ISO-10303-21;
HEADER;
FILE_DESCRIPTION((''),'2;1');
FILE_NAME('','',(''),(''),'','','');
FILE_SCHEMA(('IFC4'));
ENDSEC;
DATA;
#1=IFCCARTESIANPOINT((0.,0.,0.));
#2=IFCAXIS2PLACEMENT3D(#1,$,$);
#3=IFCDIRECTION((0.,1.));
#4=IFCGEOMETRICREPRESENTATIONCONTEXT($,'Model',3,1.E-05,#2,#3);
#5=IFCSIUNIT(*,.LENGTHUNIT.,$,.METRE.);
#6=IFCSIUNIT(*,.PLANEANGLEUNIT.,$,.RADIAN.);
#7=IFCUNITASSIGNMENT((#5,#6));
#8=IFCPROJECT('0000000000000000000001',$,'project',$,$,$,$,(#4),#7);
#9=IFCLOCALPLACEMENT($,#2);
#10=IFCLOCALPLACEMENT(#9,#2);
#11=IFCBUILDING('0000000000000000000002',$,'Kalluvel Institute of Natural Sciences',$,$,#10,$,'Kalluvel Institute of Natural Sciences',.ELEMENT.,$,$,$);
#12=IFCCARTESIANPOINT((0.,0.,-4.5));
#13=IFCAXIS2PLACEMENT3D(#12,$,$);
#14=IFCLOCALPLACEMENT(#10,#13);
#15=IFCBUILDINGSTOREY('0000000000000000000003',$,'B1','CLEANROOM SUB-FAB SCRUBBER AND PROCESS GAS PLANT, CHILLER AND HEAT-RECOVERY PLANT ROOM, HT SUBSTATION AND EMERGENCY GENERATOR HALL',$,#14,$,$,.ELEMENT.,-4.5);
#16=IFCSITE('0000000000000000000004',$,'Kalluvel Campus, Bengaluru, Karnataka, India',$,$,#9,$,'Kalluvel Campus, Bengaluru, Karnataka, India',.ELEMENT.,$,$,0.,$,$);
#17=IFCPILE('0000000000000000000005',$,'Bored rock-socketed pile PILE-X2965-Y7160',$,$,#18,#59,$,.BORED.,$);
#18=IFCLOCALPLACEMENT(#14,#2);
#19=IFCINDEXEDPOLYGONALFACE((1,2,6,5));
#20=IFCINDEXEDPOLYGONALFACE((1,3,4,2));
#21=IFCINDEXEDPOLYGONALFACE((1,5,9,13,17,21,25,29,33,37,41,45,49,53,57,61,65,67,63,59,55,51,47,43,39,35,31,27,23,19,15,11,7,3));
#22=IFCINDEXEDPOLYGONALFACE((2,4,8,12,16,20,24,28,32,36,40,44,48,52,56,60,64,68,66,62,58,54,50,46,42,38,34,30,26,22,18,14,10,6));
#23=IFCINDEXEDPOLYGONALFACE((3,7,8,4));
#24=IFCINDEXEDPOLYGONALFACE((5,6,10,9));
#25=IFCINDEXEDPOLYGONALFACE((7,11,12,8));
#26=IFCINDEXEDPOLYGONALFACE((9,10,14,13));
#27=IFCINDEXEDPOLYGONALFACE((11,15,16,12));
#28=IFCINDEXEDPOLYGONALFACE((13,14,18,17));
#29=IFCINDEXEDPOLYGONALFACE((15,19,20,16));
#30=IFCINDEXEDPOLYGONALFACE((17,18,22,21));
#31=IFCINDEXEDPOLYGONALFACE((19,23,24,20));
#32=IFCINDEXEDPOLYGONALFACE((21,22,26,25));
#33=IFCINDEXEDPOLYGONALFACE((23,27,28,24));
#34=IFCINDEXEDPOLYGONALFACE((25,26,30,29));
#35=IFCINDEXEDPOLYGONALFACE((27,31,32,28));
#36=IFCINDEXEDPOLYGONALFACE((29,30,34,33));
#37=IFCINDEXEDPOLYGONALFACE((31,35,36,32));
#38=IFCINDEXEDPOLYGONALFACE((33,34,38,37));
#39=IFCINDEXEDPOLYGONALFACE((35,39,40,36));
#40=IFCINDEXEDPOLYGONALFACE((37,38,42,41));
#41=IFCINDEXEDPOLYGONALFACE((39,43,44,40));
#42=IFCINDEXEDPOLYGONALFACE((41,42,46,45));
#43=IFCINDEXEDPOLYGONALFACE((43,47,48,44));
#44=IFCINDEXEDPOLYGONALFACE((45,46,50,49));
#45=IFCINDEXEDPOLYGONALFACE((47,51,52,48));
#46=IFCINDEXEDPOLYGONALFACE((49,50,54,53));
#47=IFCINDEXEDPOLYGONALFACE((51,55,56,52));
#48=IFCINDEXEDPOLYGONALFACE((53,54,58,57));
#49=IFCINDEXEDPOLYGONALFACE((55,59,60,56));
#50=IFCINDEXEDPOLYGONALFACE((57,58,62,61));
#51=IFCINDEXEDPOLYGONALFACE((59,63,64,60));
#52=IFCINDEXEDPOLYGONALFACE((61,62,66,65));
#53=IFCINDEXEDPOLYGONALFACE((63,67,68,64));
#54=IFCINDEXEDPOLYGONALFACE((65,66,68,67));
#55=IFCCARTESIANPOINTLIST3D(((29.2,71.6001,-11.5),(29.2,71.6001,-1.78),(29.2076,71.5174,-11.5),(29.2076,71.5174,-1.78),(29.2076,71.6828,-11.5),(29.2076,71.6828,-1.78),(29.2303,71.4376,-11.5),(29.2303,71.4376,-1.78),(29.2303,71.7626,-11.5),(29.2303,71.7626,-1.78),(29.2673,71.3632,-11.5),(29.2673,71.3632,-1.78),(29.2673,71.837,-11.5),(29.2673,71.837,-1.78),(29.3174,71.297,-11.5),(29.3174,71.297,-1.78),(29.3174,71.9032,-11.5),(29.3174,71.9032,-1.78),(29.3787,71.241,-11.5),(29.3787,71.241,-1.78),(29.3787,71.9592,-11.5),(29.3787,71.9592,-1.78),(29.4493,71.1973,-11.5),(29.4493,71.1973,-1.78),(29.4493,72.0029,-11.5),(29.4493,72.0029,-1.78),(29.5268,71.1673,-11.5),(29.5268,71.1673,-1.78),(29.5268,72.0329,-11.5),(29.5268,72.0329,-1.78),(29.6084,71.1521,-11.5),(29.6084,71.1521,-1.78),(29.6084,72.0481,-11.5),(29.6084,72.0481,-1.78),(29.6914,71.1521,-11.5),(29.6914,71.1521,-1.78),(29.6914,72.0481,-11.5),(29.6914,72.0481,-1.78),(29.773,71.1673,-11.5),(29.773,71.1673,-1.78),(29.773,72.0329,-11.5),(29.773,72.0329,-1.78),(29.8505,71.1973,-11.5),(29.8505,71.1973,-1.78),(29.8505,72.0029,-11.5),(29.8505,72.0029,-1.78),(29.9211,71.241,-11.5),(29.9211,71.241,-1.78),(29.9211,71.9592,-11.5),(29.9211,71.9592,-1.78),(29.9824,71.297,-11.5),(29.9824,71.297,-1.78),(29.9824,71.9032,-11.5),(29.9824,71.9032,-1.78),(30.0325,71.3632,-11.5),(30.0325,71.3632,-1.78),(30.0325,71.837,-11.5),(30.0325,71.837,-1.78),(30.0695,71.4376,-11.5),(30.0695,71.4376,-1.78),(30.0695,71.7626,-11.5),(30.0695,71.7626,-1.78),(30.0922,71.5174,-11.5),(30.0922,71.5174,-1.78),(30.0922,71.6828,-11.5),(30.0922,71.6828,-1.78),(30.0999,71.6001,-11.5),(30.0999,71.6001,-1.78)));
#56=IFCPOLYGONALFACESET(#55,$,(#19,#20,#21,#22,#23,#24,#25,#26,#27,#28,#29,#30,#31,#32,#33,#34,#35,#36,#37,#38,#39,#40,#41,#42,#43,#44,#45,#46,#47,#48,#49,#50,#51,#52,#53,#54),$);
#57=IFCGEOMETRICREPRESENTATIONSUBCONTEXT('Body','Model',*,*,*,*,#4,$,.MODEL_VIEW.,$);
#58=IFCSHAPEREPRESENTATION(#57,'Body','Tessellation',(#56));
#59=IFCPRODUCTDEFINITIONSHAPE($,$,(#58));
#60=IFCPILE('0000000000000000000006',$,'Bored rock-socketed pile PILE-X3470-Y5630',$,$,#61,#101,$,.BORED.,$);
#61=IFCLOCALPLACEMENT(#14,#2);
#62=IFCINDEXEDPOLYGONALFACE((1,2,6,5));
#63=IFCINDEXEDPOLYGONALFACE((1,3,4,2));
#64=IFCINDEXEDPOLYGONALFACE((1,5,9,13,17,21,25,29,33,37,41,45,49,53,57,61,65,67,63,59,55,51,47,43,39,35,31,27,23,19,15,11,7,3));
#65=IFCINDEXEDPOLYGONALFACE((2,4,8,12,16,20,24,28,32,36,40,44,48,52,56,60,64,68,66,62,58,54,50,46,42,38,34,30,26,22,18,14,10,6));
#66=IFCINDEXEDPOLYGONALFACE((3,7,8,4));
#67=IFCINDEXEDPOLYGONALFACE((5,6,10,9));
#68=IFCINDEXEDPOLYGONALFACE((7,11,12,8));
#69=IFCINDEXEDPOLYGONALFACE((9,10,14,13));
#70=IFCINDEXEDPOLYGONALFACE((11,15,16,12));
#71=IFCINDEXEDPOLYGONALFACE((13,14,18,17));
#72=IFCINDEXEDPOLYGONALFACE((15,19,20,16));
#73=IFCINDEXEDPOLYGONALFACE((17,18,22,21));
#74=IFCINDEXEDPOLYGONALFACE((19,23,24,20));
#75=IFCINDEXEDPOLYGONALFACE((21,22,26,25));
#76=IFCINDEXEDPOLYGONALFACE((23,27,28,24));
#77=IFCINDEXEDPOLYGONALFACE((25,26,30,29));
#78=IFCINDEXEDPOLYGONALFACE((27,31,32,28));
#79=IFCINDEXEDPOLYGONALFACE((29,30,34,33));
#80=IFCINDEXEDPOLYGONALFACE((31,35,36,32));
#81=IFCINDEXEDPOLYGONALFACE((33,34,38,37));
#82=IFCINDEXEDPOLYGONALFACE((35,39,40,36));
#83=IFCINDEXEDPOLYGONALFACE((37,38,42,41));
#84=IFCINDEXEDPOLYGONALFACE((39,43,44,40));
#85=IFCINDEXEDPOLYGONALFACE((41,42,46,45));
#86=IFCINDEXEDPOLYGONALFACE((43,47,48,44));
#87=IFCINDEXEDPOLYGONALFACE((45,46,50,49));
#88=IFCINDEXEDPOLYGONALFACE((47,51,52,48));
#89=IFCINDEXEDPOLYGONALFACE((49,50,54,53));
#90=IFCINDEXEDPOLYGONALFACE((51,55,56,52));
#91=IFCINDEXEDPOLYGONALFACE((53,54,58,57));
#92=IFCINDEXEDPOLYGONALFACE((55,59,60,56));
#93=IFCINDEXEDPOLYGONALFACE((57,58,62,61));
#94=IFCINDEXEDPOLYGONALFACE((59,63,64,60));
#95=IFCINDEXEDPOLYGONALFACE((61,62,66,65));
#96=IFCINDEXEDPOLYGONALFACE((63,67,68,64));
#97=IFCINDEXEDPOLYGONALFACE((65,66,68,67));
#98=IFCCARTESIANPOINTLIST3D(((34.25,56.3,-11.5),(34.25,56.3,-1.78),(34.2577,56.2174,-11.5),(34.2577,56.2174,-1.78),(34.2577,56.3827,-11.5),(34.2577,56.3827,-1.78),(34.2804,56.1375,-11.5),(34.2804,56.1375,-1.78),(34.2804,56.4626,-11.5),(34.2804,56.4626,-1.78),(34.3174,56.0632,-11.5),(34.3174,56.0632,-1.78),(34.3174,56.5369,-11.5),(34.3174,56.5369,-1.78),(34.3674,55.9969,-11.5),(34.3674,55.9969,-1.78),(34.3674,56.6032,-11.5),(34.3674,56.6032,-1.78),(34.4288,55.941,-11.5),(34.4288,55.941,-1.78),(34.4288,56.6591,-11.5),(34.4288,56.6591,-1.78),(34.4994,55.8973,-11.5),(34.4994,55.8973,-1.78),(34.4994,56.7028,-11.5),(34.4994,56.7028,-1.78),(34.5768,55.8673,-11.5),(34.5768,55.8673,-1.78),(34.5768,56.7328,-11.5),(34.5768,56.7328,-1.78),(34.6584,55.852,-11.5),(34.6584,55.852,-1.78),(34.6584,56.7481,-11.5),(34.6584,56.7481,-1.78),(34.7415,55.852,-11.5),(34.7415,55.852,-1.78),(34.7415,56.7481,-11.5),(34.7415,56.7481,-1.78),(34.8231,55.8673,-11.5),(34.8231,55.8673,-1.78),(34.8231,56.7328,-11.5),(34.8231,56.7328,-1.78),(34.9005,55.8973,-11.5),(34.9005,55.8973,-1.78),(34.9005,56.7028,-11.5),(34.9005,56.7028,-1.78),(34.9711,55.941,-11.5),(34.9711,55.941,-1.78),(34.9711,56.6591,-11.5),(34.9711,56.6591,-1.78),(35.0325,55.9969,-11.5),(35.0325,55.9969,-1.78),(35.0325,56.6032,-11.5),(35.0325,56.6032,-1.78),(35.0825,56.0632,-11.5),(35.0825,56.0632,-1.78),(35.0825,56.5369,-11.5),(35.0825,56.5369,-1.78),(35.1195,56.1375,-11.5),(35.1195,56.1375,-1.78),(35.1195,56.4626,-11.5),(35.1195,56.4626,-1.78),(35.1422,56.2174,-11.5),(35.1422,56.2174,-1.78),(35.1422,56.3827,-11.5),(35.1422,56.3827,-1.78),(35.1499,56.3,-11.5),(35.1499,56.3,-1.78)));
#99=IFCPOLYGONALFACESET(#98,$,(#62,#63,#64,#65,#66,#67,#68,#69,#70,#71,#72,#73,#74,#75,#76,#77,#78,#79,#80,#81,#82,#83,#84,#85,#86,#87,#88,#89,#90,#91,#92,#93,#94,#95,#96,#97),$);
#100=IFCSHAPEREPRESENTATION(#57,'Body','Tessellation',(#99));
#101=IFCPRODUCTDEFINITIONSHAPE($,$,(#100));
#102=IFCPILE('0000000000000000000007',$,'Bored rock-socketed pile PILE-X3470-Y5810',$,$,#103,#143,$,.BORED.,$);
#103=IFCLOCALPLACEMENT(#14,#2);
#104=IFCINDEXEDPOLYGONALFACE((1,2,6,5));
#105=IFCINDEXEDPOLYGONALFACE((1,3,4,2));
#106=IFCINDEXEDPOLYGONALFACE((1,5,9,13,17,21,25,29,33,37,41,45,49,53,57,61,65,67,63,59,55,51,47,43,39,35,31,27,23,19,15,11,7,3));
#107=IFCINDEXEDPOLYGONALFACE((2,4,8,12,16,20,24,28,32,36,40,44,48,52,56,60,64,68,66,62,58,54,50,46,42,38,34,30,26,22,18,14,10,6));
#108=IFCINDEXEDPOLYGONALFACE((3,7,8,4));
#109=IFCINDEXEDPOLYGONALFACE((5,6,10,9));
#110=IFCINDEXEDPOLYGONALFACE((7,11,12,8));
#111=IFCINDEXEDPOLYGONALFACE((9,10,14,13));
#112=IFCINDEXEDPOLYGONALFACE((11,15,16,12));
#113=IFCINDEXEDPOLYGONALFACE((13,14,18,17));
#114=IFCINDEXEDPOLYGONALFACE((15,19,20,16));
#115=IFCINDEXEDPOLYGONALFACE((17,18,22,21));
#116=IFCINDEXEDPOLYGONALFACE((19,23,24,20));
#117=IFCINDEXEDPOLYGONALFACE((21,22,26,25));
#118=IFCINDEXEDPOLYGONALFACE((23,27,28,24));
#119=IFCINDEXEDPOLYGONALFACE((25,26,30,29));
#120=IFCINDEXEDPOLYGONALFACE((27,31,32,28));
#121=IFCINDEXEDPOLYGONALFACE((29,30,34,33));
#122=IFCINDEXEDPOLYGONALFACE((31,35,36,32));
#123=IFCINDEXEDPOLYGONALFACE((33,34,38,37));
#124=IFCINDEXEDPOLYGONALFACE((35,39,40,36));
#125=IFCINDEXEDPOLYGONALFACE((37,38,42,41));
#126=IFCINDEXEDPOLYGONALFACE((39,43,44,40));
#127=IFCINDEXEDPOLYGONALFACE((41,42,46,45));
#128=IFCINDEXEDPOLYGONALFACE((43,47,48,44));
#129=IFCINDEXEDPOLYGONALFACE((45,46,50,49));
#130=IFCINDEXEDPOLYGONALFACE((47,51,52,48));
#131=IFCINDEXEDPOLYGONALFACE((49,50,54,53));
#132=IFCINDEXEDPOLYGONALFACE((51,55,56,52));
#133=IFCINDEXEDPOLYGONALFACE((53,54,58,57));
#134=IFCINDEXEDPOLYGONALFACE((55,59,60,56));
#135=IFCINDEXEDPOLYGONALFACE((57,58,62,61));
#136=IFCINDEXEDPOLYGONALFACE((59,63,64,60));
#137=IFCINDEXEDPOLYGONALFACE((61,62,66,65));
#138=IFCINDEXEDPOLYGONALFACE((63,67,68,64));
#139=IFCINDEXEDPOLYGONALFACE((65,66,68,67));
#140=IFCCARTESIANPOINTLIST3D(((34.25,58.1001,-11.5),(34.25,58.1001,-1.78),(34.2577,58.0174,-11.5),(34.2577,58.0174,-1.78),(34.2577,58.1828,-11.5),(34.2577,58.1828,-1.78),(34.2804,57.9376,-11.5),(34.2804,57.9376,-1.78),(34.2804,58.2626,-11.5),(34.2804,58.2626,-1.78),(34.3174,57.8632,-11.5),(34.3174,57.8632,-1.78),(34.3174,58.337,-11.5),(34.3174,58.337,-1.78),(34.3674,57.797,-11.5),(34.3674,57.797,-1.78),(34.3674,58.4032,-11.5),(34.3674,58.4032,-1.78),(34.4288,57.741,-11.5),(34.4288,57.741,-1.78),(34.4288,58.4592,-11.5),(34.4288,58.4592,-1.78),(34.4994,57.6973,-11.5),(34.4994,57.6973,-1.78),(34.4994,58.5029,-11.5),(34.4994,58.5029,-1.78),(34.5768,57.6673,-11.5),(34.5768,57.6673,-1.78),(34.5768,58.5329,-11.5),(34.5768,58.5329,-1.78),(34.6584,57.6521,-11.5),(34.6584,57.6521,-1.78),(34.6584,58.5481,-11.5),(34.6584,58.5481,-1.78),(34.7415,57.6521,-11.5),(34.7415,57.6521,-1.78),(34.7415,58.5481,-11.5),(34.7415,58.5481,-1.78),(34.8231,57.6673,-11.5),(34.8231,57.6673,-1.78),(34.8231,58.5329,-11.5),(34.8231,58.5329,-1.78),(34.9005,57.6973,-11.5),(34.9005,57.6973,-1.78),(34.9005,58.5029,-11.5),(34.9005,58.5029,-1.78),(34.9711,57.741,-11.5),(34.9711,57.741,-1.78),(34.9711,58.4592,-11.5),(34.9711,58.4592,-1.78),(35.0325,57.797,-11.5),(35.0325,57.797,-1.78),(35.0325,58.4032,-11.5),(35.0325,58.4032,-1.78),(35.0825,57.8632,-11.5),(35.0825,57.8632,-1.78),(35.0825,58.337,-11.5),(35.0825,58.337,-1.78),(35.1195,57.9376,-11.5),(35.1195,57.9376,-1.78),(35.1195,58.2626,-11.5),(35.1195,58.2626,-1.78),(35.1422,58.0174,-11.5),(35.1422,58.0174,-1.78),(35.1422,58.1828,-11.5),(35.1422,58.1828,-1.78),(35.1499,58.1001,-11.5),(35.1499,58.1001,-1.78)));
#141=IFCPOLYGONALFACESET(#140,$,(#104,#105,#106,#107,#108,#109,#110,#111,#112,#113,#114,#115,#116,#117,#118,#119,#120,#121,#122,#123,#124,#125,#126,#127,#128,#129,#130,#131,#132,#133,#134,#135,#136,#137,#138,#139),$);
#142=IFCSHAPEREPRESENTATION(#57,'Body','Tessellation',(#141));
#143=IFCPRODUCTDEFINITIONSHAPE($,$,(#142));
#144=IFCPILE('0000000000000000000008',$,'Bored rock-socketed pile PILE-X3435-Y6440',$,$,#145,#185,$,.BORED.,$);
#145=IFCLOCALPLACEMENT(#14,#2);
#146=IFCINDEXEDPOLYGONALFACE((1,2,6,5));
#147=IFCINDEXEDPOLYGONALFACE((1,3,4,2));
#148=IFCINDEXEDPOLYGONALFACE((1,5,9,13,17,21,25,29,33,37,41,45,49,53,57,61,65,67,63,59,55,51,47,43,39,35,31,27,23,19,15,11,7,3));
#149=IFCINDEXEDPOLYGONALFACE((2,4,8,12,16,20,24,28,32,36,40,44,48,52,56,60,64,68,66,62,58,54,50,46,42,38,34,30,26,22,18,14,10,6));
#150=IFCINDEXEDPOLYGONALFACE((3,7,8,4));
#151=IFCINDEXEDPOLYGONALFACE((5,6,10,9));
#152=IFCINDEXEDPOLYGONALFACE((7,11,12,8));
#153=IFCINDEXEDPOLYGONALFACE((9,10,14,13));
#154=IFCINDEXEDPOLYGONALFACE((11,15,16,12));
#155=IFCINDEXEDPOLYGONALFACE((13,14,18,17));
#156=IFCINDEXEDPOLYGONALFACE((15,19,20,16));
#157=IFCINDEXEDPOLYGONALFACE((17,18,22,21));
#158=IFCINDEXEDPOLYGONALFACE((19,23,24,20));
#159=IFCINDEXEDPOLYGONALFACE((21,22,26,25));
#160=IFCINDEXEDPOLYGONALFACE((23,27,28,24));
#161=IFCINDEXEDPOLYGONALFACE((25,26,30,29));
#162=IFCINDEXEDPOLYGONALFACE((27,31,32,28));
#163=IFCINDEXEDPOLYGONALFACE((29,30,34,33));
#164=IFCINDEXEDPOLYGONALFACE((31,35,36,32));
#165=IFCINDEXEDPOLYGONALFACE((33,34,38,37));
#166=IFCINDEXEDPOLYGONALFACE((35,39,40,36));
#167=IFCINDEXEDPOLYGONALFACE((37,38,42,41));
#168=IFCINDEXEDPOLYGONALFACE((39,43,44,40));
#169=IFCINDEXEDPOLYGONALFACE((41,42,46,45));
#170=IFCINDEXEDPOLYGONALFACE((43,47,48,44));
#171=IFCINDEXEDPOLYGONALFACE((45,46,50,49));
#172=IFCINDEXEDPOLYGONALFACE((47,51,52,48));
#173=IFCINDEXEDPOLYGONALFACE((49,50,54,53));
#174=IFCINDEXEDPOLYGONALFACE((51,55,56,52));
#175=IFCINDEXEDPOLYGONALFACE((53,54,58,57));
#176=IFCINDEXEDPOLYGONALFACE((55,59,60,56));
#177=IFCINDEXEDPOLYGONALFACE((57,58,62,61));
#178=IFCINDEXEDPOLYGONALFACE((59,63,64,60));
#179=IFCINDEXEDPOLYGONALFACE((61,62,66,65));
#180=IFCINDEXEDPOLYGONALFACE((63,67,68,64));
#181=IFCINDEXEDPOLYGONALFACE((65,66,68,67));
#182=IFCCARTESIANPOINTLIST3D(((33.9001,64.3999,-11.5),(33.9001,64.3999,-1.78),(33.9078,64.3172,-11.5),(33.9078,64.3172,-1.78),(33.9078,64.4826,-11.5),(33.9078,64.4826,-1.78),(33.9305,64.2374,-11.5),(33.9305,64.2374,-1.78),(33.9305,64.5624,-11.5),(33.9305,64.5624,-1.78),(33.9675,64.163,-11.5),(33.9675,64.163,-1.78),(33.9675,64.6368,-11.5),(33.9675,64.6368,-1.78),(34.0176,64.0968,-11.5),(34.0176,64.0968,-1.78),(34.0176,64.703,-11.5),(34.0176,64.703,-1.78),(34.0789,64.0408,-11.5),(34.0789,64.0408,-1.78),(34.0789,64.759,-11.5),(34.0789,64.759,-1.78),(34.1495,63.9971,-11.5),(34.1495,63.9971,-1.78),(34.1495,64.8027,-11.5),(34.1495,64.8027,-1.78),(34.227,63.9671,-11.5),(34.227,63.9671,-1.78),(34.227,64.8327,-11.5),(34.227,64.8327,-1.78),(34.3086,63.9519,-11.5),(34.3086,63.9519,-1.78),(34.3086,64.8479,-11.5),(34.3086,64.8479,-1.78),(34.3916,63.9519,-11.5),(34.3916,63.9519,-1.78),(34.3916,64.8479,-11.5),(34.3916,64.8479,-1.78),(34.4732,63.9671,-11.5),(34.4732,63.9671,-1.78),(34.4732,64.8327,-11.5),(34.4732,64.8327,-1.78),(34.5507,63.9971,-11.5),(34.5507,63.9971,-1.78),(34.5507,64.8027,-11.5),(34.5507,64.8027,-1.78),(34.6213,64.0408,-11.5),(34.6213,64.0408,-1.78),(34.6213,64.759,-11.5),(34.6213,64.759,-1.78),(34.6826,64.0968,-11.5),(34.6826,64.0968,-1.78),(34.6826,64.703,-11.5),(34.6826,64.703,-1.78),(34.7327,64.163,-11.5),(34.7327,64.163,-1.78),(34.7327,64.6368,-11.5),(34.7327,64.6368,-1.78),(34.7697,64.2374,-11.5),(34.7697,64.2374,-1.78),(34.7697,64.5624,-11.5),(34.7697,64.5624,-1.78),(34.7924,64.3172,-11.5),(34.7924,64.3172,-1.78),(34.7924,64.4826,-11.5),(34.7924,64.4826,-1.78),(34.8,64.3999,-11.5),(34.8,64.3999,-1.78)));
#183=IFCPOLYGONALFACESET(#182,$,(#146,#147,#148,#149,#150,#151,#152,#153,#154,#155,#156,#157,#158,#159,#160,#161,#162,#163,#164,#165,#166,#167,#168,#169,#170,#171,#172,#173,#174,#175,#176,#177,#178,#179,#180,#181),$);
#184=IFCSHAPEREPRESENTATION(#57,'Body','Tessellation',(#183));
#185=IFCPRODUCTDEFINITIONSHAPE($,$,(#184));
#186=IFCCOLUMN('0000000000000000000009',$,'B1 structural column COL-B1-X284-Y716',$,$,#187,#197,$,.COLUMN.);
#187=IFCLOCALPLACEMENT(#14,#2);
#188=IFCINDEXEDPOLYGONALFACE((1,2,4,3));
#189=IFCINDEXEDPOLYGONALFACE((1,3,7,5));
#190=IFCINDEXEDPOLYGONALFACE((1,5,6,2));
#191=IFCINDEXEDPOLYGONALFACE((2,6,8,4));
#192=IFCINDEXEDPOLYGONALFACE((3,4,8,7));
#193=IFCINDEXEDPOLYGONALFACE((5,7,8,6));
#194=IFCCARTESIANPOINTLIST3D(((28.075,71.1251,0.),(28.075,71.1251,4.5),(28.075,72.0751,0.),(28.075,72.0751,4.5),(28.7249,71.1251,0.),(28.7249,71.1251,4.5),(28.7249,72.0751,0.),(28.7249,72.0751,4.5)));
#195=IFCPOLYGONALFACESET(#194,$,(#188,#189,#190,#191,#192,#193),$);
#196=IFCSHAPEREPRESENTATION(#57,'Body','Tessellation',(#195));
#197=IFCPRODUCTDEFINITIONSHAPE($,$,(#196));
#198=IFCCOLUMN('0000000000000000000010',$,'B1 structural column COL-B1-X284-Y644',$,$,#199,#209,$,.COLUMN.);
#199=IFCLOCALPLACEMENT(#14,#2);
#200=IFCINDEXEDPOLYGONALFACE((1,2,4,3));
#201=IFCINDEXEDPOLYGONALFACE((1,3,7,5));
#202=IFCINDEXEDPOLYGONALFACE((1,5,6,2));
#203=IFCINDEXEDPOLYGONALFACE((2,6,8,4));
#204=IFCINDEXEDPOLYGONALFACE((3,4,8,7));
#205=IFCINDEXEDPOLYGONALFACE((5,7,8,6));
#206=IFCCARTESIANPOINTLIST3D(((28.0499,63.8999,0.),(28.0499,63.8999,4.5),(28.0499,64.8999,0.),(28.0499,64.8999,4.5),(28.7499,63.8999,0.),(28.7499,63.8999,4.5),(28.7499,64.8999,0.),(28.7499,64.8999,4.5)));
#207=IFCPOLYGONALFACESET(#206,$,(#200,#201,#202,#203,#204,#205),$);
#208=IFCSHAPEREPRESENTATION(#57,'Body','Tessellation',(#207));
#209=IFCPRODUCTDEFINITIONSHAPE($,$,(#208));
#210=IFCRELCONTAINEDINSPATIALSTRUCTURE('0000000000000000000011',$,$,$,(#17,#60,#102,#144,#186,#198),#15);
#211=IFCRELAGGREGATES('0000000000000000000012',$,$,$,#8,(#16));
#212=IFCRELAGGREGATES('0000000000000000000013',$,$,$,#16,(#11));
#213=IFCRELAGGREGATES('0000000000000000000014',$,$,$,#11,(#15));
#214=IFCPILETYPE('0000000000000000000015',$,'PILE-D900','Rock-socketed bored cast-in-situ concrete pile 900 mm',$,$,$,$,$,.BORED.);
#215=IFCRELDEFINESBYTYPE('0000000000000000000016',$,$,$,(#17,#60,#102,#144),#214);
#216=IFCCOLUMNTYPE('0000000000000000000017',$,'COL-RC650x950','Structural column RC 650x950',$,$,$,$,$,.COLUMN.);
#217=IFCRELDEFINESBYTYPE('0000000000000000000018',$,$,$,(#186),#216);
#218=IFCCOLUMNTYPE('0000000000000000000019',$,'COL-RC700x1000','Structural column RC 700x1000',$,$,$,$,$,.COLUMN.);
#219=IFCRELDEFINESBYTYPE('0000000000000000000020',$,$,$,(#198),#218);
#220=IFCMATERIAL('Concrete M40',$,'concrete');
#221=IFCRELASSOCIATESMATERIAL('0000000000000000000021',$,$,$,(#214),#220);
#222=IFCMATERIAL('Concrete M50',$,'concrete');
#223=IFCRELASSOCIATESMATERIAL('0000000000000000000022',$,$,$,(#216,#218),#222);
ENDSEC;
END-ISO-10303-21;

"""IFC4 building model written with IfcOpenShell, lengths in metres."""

from ifc_helpers import new_model, si_unit, direction, frame, origin, origin_2d, place, context, subcontext, project, spatial, rectangle, circle, extrude, material, material_profile, profile_set, type_object, element, save


model = new_model("IFC4")

# Units and contexts
model_context = context("Model", 3, precision=1e-05, world=origin(), true_north=direction((0.0, 1.0)))
body_context = subcontext(model_context, "Body", "Model", "MODEL_VIEW")
ifc_project = project(units=[si_unit("LENGTHUNIT", "METRE"), si_unit("PLANEANGLEUNIT", "RADIAN")], contexts=[model_context])

# Site, building, storey
site_placement = place(None, origin())
site = spatial("IfcSite", under=ifc_project, at=site_placement, Name="Kalluvel Campus, Bengaluru, Karnataka, India", LongName="Kalluvel Campus, Bengaluru, Karnataka, India", CompositionType="ELEMENT", RefElevation=0.0)
building_placement = place(site_placement, origin())
building = spatial("IfcBuilding", under=site, at=building_placement, Name="Kalluvel Institute of Natural Sciences", LongName="Kalluvel Institute of Natural Sciences", CompositionType="ELEMENT")
storey_placement = place(building_placement, frame((0.0, 0.0, -4.5)))
storey = spatial("IfcBuildingStorey", under=building, at=storey_placement, Name="B1", Description="CLEANROOM SUB-FAB SCRUBBER AND PROCESS GAS PLANT, CHILLER AND HEAT-RECOVERY PLANT ROOM, HT SUBSTATION AND EMERGENCY GENERATOR HALL", CompositionType="ELEMENT", Elevation=-4.5)

# Shared definitions
ifc_material_1 = material(Name="Concrete M40", Category="concrete")

# Piles
ifc_material_profile_1 = material_profile(ifc_material_1, circle(Radius=0.45, at=origin_2d()), Name="PILE D900")
ifc_profile_set_1 = profile_set([ifc_material_profile_1], Name="Concrete M40")
pile_type_1 = type_object("IfcPileType", Name="PILE-D900", Description="Rock-socketed bored cast-in-situ concrete pile 900 mm", PredefinedType="BORED", material=ifc_profile_set_1)
for number, where, z_axis, x_axis, name in (
    (1, (29.6499, 71.6001, -1.78), (0.0, 0.0, -1.0), (1.0, 0.0, 0.0), "Bored rock-socketed pile PILE-X2965-Y7160"),
    (2, (34.7, 56.3, -1.78), (0.0, 0.0, -1.0), (1.0, 0.0, 0.0), "Bored rock-socketed pile PILE-X3470-Y5630"),
    (3, (34.7, 58.1001, -1.78), (0.0, 0.0, -1.0), (1.0, 0.0, 0.0), "Bored rock-socketed pile PILE-X3470-Y5810"),
    (4, (34.3501, 64.3999, -1.78), (0.0, 0.0, -1.0), (1.0, 0.0, 0.0), "Bored rock-socketed pile PILE-X3435-Y6440"),
):
    element("IfcPile", number, at=place(storey_placement, frame(where, z_axis=z_axis, x_axis=x_axis)), inside=storey, type_object=pile_type_1, Name=name, PredefinedType="BORED", context=body_context, shape_type="SweptSolid", body=[
        extrude(circle(Radius=0.45, at=origin_2d()), origin(), (0.0, 0.0, 1.0), 9.72),
    ])

# Columns
ifc_material_2 = material(Name="Concrete M50", Category="concrete")
ifc_material_profile_2 = material_profile(ifc_material_2, rectangle(XDim=0.6499, YDim=0.95, at=origin_2d()), Name="RC 650x950")
ifc_profile_set_2 = profile_set([ifc_material_profile_2], Name="Concrete M50")
column_type_1 = type_object("IfcColumnType", Name="COL-RC650x950", Description="Structural column RC 650x950", PredefinedType="COLUMN", material=ifc_profile_set_2)
column_1_placement = place(storey_placement, frame((28.3999, 71.6001, 0.0), z_axis=(0.0, 0.0, 1.0), x_axis=(1.0, 0.0, 0.0)))
element("IfcColumn", 5, at=column_1_placement, inside=storey, type_object=column_type_1, Name="B1 structural column COL-B1-X284-Y716", PredefinedType="COLUMN", context=body_context, shape_type="SweptSolid", body=[
    extrude(rectangle(XDim=0.6499, YDim=0.95, at=origin_2d()), origin(), (0.0, 0.0, 1.0), 4.5),
])
ifc_material_profile_3 = material_profile(ifc_material_2, rectangle(XDim=0.7, YDim=1.0, at=origin_2d()), Name="RC 700x1000")
ifc_profile_set_3 = profile_set([ifc_material_profile_3], Name="Concrete M50")
column_type_2 = type_object("IfcColumnType", Name="COL-RC700x1000", Description="Structural column RC 700x1000", PredefinedType="COLUMN", material=ifc_profile_set_3)
column_2_placement = place(storey_placement, frame((28.3999, 64.3999, 0.0), z_axis=(0.0, 0.0, 1.0), x_axis=(1.0, 0.0, 0.0)))
element("IfcColumn", 6, at=column_2_placement, inside=storey, type_object=column_type_2, Name="B1 structural column COL-B1-X284-Y644", PredefinedType="COLUMN", context=body_context, shape_type="SweptSolid", body=[
    extrude(rectangle(XDim=0.7, YDim=1.0, at=origin_2d()), origin(), (0.0, 0.0, 1.0), 4.5),
])

save(model, "model.ifc")
